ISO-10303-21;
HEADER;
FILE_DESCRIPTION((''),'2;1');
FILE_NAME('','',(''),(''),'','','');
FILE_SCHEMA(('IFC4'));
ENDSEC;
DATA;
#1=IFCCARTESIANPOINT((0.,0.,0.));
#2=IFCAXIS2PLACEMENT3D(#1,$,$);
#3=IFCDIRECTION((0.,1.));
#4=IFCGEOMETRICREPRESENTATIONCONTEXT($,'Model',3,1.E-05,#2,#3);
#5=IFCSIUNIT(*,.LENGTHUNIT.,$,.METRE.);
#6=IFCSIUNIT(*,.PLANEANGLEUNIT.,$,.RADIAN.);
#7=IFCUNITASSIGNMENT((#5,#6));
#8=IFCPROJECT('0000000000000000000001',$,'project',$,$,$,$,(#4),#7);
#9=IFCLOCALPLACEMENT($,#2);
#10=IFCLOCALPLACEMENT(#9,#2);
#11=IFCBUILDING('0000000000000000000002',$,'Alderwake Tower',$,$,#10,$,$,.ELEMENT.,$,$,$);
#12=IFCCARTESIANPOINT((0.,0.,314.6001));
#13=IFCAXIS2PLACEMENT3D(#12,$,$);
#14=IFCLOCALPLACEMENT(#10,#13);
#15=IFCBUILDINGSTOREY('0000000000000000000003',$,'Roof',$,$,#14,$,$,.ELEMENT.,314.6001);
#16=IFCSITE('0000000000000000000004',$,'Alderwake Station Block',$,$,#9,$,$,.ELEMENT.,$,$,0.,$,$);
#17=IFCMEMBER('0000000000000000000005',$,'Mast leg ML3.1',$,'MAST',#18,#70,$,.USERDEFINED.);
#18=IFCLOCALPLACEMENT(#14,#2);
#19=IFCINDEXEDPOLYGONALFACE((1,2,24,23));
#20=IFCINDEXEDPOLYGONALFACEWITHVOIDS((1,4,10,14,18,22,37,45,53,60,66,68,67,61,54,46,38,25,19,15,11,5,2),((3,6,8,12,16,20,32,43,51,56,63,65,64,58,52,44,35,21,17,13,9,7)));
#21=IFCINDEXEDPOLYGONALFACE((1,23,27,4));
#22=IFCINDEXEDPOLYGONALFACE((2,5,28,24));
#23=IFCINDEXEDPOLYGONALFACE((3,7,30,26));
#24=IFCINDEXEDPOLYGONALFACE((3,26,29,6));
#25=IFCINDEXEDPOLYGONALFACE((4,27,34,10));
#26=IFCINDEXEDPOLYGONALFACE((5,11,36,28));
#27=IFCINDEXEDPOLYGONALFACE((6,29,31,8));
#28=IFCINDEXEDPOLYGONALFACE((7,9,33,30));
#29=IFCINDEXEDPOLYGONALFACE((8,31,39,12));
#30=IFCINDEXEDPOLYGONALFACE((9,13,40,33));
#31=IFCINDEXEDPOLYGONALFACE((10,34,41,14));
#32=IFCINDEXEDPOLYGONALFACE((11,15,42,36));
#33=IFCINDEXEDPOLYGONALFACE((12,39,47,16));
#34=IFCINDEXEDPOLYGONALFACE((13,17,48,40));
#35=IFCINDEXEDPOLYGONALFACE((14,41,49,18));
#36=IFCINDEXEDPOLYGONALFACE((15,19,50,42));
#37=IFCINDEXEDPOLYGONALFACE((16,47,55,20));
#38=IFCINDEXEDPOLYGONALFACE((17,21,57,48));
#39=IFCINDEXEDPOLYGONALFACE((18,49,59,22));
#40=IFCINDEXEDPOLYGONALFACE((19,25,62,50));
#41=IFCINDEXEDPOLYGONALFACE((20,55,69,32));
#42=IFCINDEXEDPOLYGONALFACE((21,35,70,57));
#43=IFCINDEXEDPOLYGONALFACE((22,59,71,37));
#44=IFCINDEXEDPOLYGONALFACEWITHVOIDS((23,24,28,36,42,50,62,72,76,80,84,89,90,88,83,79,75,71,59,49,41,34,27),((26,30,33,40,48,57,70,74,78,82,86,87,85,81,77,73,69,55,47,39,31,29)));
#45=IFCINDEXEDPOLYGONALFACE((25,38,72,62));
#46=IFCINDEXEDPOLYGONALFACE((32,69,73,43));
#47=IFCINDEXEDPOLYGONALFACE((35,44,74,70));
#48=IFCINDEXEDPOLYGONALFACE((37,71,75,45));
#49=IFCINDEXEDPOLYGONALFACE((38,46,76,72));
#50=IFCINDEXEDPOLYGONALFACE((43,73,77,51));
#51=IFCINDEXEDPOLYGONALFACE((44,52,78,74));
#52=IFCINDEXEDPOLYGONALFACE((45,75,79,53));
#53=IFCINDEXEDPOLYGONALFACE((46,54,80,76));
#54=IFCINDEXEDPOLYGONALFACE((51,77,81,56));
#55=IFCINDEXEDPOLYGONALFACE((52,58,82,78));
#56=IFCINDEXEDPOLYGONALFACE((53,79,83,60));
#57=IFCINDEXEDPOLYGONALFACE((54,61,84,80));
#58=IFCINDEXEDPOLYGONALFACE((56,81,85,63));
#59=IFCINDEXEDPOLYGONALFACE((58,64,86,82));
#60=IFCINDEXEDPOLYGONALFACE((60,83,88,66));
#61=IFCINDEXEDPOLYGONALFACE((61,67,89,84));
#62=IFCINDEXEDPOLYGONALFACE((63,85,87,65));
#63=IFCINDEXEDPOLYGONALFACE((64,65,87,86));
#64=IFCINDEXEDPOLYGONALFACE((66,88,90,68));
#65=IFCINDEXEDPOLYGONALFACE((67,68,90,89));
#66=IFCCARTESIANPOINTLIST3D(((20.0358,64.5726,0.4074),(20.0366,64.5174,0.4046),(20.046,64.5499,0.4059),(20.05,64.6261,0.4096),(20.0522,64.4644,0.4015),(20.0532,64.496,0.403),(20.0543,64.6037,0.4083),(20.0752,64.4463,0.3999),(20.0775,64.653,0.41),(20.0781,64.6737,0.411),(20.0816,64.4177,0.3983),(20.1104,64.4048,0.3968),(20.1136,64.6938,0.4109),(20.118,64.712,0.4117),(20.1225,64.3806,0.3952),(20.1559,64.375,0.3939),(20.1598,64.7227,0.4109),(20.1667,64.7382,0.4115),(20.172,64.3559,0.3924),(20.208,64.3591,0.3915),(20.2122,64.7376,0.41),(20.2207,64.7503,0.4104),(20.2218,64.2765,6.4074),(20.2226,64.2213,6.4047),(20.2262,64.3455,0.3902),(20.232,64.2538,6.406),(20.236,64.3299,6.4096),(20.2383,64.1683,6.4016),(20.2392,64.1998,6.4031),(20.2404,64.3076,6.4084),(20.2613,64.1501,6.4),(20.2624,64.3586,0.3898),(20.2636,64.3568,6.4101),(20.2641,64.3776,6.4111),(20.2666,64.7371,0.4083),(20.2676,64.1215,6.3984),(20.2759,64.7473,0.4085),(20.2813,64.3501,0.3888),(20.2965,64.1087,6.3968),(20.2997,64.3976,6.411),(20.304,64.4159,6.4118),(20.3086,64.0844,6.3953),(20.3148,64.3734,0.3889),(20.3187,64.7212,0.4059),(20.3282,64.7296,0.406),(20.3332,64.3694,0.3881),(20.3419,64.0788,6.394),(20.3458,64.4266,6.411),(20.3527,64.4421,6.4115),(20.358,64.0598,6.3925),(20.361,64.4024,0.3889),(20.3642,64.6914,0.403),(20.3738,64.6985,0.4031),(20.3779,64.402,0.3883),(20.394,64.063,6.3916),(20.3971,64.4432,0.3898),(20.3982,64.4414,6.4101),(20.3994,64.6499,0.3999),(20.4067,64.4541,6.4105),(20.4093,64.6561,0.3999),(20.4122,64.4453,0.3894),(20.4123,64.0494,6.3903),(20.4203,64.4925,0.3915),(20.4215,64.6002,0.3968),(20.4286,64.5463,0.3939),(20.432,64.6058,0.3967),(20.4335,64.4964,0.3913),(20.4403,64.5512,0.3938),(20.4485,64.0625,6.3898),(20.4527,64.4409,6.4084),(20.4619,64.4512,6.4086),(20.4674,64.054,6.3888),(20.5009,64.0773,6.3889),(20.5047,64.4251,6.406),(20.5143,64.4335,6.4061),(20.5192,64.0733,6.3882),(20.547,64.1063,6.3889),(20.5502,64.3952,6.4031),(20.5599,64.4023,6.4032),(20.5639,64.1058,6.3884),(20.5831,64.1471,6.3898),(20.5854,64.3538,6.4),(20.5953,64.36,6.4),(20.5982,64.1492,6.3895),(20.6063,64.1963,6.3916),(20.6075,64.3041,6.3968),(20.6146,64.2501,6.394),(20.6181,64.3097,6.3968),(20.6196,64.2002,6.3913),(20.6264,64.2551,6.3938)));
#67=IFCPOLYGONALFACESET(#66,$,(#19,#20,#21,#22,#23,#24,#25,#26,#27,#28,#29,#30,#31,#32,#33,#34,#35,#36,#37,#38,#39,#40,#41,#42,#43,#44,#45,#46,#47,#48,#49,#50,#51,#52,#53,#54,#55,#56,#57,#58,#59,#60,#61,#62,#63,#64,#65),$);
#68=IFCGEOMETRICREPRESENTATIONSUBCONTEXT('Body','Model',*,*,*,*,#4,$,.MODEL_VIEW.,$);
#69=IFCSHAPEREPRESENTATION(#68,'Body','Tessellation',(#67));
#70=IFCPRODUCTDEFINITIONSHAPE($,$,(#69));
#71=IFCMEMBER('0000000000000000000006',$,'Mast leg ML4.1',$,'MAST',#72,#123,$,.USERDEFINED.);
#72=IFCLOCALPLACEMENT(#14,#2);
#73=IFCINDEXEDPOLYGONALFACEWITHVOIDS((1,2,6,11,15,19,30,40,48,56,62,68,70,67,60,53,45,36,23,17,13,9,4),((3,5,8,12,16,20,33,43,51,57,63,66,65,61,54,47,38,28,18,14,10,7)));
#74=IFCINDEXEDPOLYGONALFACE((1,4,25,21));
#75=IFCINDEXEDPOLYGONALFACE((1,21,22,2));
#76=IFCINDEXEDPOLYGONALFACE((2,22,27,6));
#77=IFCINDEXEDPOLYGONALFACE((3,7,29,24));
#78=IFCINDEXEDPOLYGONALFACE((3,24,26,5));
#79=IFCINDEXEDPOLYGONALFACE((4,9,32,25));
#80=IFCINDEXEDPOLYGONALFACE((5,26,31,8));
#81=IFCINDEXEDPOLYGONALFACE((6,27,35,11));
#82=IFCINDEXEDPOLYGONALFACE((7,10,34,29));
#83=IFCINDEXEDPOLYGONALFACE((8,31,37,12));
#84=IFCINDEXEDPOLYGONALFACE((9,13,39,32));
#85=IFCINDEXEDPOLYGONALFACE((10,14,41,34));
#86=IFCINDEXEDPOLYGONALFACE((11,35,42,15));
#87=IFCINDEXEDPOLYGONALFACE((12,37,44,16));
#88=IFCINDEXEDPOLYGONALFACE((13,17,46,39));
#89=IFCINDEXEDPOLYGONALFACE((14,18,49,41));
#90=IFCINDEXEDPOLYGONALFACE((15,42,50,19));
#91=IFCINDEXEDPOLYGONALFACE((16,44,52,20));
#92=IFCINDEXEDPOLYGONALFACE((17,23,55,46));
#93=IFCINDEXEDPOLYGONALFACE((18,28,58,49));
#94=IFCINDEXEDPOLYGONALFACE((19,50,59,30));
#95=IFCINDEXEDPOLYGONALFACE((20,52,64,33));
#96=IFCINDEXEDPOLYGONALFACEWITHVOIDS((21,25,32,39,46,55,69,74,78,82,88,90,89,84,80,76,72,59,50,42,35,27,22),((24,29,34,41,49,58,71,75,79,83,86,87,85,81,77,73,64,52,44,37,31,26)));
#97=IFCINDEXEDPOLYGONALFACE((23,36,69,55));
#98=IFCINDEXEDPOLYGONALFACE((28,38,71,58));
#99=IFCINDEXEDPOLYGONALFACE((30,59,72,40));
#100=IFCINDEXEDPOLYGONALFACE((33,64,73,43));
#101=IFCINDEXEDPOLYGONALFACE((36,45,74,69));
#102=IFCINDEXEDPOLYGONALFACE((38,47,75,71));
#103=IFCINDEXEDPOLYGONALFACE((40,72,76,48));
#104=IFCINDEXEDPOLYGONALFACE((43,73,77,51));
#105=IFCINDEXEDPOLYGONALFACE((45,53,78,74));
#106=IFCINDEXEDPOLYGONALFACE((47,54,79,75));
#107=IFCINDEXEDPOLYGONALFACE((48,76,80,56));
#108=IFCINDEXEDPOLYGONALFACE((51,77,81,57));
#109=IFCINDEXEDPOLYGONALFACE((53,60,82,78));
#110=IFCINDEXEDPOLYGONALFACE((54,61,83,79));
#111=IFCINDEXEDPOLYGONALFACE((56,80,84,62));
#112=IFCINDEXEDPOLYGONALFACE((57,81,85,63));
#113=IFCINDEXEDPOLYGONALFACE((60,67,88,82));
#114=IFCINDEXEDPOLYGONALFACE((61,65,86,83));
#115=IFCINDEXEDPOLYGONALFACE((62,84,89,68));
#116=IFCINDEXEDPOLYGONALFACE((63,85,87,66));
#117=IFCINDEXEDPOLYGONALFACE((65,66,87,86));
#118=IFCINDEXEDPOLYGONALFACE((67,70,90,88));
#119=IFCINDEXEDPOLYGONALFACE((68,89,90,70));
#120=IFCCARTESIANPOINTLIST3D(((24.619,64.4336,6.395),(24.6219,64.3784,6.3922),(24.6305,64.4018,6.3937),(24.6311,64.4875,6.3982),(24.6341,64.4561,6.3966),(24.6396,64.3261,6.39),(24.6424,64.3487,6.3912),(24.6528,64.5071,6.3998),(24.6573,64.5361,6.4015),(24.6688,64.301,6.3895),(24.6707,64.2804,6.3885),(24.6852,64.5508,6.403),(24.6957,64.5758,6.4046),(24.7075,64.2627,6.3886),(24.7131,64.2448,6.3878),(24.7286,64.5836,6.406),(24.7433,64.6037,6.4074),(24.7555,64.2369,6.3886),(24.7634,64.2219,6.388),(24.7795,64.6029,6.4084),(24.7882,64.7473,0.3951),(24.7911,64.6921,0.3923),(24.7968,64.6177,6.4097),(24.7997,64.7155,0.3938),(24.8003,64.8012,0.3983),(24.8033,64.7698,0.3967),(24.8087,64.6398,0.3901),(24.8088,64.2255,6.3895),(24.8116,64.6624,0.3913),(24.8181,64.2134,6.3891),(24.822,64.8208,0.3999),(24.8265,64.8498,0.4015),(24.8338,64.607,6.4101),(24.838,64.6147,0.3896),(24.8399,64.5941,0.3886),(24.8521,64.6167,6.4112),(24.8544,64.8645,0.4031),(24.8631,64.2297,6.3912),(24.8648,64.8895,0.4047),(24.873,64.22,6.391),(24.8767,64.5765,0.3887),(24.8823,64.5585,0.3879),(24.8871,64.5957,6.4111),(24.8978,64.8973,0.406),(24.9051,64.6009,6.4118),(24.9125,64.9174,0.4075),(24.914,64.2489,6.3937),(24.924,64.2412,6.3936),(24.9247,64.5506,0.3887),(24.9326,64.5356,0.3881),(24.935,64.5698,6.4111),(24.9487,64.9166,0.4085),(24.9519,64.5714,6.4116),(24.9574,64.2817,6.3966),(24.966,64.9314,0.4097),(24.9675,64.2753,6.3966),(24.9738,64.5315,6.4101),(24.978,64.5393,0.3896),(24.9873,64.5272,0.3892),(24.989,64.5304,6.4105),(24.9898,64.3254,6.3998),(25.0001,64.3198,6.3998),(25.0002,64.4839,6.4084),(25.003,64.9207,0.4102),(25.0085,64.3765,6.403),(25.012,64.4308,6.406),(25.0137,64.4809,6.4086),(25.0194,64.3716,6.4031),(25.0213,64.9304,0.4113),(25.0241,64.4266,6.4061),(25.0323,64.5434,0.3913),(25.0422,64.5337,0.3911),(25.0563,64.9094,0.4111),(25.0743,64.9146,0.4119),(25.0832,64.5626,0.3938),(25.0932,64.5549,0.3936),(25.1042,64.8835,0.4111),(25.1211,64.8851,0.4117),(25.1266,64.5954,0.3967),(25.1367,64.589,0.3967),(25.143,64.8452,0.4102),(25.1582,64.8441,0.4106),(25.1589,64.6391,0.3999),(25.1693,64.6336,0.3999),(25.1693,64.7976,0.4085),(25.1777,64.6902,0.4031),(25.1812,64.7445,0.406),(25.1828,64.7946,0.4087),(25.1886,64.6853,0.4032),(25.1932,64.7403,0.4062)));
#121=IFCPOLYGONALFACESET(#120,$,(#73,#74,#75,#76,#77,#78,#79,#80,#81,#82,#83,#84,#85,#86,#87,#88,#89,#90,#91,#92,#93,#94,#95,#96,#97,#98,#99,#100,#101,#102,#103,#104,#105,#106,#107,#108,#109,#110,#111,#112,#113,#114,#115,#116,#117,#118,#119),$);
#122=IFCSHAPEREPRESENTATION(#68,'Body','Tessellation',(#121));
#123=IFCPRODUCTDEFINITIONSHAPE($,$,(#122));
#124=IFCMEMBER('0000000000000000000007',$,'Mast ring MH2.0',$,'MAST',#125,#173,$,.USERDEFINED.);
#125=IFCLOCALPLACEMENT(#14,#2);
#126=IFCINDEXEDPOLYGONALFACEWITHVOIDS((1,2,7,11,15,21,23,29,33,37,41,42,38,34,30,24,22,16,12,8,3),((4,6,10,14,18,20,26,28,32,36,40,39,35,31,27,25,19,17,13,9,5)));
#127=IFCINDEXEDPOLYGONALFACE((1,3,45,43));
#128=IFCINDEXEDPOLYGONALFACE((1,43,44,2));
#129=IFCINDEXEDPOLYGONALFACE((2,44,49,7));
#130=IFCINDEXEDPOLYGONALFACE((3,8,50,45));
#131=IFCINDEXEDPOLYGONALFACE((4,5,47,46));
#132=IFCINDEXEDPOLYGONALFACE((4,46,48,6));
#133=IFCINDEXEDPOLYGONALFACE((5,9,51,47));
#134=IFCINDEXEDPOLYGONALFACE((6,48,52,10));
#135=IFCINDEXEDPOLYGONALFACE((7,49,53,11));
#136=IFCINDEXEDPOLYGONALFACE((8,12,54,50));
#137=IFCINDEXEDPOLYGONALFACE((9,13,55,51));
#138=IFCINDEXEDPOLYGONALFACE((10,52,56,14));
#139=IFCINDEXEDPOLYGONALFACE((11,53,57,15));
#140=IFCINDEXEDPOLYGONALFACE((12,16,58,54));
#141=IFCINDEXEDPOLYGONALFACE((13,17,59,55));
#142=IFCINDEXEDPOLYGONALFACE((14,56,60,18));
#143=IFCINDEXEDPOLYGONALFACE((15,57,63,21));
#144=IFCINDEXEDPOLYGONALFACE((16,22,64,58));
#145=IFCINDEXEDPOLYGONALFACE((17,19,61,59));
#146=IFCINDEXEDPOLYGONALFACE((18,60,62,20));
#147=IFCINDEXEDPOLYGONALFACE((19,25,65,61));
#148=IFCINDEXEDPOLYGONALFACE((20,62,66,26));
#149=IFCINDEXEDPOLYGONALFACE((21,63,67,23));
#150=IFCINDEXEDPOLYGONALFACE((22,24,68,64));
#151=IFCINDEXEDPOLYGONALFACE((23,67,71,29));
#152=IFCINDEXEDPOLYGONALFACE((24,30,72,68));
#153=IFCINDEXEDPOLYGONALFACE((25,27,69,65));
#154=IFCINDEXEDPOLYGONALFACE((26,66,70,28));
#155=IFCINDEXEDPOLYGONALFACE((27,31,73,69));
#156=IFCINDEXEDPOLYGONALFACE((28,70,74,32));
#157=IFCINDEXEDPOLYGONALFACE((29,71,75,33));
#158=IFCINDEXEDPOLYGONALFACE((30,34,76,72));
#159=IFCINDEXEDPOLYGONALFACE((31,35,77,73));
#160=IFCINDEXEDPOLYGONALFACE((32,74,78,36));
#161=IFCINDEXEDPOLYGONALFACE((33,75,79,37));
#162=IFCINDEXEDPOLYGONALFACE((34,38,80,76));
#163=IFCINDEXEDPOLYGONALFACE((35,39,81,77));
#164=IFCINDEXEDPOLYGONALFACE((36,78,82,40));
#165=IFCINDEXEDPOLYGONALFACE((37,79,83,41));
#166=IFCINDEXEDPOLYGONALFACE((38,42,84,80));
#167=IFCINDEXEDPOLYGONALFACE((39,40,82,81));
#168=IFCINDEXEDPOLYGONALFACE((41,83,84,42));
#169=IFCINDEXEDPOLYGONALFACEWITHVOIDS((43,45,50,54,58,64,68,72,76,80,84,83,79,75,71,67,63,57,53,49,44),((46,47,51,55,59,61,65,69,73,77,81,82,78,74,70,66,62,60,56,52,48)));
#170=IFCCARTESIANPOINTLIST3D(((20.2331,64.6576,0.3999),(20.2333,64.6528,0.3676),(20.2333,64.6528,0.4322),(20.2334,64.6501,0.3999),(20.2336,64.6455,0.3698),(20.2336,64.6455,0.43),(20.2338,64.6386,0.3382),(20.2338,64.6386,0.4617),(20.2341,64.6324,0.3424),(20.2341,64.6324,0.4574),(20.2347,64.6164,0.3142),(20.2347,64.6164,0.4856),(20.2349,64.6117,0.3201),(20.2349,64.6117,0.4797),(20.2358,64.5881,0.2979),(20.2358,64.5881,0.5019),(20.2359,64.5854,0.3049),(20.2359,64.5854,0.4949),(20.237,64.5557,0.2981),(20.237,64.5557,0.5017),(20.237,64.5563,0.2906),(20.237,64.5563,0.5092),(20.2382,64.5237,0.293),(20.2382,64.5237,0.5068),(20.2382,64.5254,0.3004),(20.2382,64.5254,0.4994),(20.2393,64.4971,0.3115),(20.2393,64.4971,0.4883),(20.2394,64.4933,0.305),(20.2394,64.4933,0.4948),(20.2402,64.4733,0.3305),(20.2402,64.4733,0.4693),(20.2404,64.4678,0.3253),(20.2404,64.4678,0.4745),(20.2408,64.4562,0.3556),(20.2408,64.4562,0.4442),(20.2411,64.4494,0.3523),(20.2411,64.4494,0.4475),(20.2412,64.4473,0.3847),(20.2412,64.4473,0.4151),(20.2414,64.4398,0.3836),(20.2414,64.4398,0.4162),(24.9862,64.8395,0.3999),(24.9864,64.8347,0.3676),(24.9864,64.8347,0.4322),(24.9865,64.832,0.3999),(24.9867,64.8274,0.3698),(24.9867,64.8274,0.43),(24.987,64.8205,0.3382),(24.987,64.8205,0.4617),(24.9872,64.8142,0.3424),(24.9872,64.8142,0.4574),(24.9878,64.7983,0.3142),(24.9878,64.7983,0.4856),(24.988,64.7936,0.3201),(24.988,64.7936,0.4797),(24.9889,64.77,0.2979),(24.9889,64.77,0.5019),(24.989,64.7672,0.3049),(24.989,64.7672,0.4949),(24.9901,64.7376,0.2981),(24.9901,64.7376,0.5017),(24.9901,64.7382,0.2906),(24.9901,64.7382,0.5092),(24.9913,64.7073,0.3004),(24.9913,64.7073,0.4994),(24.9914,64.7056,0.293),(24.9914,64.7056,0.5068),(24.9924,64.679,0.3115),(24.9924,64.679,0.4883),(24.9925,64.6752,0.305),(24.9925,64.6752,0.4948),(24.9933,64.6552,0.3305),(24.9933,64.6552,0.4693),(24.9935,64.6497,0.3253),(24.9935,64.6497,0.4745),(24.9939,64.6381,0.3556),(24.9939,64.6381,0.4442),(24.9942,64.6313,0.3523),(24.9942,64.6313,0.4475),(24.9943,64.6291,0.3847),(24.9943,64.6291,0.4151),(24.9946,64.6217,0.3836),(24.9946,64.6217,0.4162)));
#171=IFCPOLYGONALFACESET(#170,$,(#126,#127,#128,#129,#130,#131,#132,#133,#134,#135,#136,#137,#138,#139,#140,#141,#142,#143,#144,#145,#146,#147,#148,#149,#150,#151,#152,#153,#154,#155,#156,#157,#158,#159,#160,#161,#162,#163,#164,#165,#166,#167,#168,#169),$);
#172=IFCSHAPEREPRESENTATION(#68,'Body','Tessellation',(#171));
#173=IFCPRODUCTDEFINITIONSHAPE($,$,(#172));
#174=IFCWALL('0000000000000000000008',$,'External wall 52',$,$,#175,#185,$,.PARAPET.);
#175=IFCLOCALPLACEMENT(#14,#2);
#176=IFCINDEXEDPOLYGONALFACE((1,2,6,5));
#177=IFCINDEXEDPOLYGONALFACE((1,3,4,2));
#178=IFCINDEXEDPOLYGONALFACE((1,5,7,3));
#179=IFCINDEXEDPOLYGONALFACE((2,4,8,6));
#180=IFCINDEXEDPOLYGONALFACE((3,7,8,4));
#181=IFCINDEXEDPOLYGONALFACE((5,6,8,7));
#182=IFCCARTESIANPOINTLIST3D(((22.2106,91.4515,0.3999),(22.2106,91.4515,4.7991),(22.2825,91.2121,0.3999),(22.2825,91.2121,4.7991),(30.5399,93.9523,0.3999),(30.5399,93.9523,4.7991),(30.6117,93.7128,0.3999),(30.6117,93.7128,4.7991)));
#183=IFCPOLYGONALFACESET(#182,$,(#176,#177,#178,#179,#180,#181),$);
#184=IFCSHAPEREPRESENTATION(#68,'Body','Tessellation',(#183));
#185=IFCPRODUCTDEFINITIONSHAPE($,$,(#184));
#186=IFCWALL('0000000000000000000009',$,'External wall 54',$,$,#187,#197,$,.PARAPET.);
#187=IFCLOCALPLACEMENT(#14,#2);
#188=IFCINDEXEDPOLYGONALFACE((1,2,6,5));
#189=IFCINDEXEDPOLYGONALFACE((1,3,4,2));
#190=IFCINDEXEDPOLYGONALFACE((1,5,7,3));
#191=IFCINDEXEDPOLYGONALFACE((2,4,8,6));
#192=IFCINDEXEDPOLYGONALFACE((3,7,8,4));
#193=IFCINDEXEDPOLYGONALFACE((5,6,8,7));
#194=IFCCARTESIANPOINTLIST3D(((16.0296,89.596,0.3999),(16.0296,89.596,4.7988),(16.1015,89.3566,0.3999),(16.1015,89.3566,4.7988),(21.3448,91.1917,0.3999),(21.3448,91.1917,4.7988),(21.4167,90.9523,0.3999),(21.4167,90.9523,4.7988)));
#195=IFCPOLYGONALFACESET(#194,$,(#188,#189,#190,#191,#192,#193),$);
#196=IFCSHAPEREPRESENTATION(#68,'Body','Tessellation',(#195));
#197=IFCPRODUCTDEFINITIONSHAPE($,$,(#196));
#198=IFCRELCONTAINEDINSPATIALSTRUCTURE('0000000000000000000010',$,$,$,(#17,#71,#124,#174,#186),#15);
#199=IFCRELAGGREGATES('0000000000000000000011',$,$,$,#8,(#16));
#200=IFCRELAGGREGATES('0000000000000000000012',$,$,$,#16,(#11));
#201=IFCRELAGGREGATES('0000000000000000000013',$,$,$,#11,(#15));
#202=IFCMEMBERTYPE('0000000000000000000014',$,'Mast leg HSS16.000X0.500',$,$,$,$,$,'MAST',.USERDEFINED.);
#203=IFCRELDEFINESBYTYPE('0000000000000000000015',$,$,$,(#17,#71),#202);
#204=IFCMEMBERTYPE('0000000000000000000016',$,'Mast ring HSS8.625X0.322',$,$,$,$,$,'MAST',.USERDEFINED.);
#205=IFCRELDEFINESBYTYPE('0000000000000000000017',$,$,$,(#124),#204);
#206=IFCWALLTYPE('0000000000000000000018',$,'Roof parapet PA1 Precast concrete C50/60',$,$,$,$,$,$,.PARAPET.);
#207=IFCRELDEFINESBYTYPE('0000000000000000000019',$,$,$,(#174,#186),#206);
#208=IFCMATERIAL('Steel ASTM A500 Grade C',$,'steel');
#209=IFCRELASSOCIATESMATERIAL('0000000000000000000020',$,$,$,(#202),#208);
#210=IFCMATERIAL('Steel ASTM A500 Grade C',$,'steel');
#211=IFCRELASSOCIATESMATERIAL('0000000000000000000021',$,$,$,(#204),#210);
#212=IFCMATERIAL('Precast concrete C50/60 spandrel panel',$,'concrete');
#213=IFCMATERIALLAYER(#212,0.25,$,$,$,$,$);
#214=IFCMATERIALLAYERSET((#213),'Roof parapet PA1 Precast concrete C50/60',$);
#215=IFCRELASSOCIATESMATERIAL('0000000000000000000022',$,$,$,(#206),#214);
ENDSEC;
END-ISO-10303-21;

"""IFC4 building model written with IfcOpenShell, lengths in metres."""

from ifc_helpers import new_model, si_unit, direction, frame, frame_2d, origin, origin_2d, place, context, subcontext, project, spatial, rectangle, hollow_circle, extrude, material, layer, layer_set, material_profile, profile_set, type_object, element, save


model = new_model("IFC4")

# Units and contexts
model_context = context("Model", 3, precision=1e-05, world=origin(), true_north=direction((0.0, 1.0)))
body_context = subcontext(model_context, "Body", "Model", "MODEL_VIEW")
ifc_project = project(units=[si_unit("LENGTHUNIT", "METRE"), si_unit("PLANEANGLEUNIT", "RADIAN")], contexts=[model_context])

# Site, building, storey
site_placement = place(None, origin())
site = spatial("IfcSite", under=ifc_project, at=site_placement, Name="Alderwake Station Block", CompositionType="ELEMENT", RefElevation=0.0)
building_placement = place(site_placement, origin())
building = spatial("IfcBuilding", under=site, at=building_placement, Name="Alderwake Tower", CompositionType="ELEMENT")
storey_placement = place(building_placement, frame((0.0, 0.0, 314.6001)))
storey = spatial("IfcBuildingStorey", under=building, at=storey_placement, Name="Roof", CompositionType="ELEMENT", Elevation=314.6001)

# Members
ifc_material_1 = material(Name="Steel ASTM A500 Grade C", Category="steel")
ifc_material_profile_1 = material_profile(ifc_material_1, hollow_circle(Radius=0.2031, WallThickness=0.0117, at=origin_2d()), Name="HSS16.000X0.500")
ifc_profile_set_1 = profile_set([ifc_material_profile_1], Name="Steel ASTM A500 Grade C")
member_type_1 = type_object("IfcMemberType", Name="Mast leg HSS16.000X0.500", ElementType="MAST", PredefinedType="USERDEFINED", material=ifc_profile_set_1)
member_1_placement = place(storey_placement, frame((20.2373, 64.5481, 0.3999), z_axis=(0.030953, -0.049273, 0.998306), x_axis=(0.84678, 0.531943, 0.0)))
element("IfcMember", 1, at=member_1_placement, inside=storey, type_object=member_type_1, Name="Mast leg ML3.1", ObjectType="MAST", PredefinedType="USERDEFINED", context=body_context, shape_type="SweptSolid", body=[
    extrude(hollow_circle(Radius=0.2031, WallThickness=0.0117, at=origin_2d()), origin(), (0.0, 0.0, 1.0), 6.0103),
])
member_2_placement = place(storey_placement, frame((24.9905, 64.73, 0.3999), z_axis=(-0.028149, -0.052195, 0.99824), x_axis=(0.880163, -0.474672, 0.0)))
element("IfcMember", 2, at=member_2_placement, inside=storey, type_object=member_type_1, Name="Mast leg ML4.1", ObjectType="MAST", PredefinedType="USERDEFINED", context=body_context, shape_type="SweptSolid", body=[
    extrude(hollow_circle(Radius=0.2031, WallThickness=0.0117, at=origin_2d()), origin(), (0.0, 0.0, 1.0), 6.0105),
])
ifc_material_2 = material(Name="Steel ASTM A500 Grade C", Category="steel")
ifc_material_profile_2 = material_profile(ifc_material_2, hollow_circle(Radius=0.1096, WallThickness=0.0076, at=origin_2d()), Name="HSS8.625X0.322")
ifc_profile_set_2 = profile_set([ifc_material_profile_2], Name="Steel ASTM A500 Grade C")
member_type_2 = type_object("IfcMemberType", Name="Mast ring HSS8.625X0.322", ElementType="MAST", PredefinedType="USERDEFINED", material=ifc_profile_set_2)
member_3_placement = place(storey_placement, frame((20.2373, 64.5481, 0.3999), z_axis=(0.999269, 0.038238, 0.0), x_axis=(-0.038238, 0.999269, 0.0)))
element("IfcMember", 3, at=member_3_placement, inside=storey, type_object=member_type_2, Name="Mast ring MH2.0", ObjectType="MAST", PredefinedType="USERDEFINED", context=body_context, shape_type="SweptSolid", body=[
    extrude(hollow_circle(Radius=0.1096, WallThickness=0.0076, at=origin_2d()), origin(), (0.0, 0.0, 1.0), 4.7566),
])

# Walls
ifc_material_3 = material(Name="Precast concrete C50/60 spandrel panel", Category="concrete")
ifc_layer = layer(ifc_material_3, 0.25)
ifc_layer_set = layer_set([ifc_layer], Name="Roof parapet PA1 Precast concrete C50/60")
wall_type = type_object("IfcWallType", Name="Roof parapet PA1 Precast concrete C50/60", PredefinedType="PARAPET", material=ifc_layer_set)
wall_1_placement = place(storey_placement, frame((30.5757, 93.8325, 0.3999), z_axis=(0.0, 0.0, 1.0), x_axis=(-0.957763, -0.287559, 0.0)))
element("IfcWall", 4, at=wall_1_placement, inside=storey, type_object=wall_type, Name="External wall 52", PredefinedType="PARAPET", context=body_context, shape_type="SweptSolid", body=[
    extrude(rectangle(XDim=8.6965, YDim=0.25, at=frame_2d((4.3481, 0.0))), origin(), (0.0, 0.0, 1.0), 4.3992),
])
wall_2_placement = place(storey_placement, frame((21.3809, 91.072, 0.3999), z_axis=(0.0, 0.0, 1.0), x_axis=(-0.957769, -0.287538, 0.0)))
element("IfcWall", 5, at=wall_2_placement, inside=storey, type_object=wall_type, Name="External wall 54", PredefinedType="PARAPET", context=body_context, shape_type="SweptSolid", body=[
    extrude(rectangle(XDim=5.5496, YDim=0.25, at=frame_2d((2.7749, 0.0))), origin(), (0.0, 0.0, 1.0), 4.3989),
])

save(model, "model.ifc")
